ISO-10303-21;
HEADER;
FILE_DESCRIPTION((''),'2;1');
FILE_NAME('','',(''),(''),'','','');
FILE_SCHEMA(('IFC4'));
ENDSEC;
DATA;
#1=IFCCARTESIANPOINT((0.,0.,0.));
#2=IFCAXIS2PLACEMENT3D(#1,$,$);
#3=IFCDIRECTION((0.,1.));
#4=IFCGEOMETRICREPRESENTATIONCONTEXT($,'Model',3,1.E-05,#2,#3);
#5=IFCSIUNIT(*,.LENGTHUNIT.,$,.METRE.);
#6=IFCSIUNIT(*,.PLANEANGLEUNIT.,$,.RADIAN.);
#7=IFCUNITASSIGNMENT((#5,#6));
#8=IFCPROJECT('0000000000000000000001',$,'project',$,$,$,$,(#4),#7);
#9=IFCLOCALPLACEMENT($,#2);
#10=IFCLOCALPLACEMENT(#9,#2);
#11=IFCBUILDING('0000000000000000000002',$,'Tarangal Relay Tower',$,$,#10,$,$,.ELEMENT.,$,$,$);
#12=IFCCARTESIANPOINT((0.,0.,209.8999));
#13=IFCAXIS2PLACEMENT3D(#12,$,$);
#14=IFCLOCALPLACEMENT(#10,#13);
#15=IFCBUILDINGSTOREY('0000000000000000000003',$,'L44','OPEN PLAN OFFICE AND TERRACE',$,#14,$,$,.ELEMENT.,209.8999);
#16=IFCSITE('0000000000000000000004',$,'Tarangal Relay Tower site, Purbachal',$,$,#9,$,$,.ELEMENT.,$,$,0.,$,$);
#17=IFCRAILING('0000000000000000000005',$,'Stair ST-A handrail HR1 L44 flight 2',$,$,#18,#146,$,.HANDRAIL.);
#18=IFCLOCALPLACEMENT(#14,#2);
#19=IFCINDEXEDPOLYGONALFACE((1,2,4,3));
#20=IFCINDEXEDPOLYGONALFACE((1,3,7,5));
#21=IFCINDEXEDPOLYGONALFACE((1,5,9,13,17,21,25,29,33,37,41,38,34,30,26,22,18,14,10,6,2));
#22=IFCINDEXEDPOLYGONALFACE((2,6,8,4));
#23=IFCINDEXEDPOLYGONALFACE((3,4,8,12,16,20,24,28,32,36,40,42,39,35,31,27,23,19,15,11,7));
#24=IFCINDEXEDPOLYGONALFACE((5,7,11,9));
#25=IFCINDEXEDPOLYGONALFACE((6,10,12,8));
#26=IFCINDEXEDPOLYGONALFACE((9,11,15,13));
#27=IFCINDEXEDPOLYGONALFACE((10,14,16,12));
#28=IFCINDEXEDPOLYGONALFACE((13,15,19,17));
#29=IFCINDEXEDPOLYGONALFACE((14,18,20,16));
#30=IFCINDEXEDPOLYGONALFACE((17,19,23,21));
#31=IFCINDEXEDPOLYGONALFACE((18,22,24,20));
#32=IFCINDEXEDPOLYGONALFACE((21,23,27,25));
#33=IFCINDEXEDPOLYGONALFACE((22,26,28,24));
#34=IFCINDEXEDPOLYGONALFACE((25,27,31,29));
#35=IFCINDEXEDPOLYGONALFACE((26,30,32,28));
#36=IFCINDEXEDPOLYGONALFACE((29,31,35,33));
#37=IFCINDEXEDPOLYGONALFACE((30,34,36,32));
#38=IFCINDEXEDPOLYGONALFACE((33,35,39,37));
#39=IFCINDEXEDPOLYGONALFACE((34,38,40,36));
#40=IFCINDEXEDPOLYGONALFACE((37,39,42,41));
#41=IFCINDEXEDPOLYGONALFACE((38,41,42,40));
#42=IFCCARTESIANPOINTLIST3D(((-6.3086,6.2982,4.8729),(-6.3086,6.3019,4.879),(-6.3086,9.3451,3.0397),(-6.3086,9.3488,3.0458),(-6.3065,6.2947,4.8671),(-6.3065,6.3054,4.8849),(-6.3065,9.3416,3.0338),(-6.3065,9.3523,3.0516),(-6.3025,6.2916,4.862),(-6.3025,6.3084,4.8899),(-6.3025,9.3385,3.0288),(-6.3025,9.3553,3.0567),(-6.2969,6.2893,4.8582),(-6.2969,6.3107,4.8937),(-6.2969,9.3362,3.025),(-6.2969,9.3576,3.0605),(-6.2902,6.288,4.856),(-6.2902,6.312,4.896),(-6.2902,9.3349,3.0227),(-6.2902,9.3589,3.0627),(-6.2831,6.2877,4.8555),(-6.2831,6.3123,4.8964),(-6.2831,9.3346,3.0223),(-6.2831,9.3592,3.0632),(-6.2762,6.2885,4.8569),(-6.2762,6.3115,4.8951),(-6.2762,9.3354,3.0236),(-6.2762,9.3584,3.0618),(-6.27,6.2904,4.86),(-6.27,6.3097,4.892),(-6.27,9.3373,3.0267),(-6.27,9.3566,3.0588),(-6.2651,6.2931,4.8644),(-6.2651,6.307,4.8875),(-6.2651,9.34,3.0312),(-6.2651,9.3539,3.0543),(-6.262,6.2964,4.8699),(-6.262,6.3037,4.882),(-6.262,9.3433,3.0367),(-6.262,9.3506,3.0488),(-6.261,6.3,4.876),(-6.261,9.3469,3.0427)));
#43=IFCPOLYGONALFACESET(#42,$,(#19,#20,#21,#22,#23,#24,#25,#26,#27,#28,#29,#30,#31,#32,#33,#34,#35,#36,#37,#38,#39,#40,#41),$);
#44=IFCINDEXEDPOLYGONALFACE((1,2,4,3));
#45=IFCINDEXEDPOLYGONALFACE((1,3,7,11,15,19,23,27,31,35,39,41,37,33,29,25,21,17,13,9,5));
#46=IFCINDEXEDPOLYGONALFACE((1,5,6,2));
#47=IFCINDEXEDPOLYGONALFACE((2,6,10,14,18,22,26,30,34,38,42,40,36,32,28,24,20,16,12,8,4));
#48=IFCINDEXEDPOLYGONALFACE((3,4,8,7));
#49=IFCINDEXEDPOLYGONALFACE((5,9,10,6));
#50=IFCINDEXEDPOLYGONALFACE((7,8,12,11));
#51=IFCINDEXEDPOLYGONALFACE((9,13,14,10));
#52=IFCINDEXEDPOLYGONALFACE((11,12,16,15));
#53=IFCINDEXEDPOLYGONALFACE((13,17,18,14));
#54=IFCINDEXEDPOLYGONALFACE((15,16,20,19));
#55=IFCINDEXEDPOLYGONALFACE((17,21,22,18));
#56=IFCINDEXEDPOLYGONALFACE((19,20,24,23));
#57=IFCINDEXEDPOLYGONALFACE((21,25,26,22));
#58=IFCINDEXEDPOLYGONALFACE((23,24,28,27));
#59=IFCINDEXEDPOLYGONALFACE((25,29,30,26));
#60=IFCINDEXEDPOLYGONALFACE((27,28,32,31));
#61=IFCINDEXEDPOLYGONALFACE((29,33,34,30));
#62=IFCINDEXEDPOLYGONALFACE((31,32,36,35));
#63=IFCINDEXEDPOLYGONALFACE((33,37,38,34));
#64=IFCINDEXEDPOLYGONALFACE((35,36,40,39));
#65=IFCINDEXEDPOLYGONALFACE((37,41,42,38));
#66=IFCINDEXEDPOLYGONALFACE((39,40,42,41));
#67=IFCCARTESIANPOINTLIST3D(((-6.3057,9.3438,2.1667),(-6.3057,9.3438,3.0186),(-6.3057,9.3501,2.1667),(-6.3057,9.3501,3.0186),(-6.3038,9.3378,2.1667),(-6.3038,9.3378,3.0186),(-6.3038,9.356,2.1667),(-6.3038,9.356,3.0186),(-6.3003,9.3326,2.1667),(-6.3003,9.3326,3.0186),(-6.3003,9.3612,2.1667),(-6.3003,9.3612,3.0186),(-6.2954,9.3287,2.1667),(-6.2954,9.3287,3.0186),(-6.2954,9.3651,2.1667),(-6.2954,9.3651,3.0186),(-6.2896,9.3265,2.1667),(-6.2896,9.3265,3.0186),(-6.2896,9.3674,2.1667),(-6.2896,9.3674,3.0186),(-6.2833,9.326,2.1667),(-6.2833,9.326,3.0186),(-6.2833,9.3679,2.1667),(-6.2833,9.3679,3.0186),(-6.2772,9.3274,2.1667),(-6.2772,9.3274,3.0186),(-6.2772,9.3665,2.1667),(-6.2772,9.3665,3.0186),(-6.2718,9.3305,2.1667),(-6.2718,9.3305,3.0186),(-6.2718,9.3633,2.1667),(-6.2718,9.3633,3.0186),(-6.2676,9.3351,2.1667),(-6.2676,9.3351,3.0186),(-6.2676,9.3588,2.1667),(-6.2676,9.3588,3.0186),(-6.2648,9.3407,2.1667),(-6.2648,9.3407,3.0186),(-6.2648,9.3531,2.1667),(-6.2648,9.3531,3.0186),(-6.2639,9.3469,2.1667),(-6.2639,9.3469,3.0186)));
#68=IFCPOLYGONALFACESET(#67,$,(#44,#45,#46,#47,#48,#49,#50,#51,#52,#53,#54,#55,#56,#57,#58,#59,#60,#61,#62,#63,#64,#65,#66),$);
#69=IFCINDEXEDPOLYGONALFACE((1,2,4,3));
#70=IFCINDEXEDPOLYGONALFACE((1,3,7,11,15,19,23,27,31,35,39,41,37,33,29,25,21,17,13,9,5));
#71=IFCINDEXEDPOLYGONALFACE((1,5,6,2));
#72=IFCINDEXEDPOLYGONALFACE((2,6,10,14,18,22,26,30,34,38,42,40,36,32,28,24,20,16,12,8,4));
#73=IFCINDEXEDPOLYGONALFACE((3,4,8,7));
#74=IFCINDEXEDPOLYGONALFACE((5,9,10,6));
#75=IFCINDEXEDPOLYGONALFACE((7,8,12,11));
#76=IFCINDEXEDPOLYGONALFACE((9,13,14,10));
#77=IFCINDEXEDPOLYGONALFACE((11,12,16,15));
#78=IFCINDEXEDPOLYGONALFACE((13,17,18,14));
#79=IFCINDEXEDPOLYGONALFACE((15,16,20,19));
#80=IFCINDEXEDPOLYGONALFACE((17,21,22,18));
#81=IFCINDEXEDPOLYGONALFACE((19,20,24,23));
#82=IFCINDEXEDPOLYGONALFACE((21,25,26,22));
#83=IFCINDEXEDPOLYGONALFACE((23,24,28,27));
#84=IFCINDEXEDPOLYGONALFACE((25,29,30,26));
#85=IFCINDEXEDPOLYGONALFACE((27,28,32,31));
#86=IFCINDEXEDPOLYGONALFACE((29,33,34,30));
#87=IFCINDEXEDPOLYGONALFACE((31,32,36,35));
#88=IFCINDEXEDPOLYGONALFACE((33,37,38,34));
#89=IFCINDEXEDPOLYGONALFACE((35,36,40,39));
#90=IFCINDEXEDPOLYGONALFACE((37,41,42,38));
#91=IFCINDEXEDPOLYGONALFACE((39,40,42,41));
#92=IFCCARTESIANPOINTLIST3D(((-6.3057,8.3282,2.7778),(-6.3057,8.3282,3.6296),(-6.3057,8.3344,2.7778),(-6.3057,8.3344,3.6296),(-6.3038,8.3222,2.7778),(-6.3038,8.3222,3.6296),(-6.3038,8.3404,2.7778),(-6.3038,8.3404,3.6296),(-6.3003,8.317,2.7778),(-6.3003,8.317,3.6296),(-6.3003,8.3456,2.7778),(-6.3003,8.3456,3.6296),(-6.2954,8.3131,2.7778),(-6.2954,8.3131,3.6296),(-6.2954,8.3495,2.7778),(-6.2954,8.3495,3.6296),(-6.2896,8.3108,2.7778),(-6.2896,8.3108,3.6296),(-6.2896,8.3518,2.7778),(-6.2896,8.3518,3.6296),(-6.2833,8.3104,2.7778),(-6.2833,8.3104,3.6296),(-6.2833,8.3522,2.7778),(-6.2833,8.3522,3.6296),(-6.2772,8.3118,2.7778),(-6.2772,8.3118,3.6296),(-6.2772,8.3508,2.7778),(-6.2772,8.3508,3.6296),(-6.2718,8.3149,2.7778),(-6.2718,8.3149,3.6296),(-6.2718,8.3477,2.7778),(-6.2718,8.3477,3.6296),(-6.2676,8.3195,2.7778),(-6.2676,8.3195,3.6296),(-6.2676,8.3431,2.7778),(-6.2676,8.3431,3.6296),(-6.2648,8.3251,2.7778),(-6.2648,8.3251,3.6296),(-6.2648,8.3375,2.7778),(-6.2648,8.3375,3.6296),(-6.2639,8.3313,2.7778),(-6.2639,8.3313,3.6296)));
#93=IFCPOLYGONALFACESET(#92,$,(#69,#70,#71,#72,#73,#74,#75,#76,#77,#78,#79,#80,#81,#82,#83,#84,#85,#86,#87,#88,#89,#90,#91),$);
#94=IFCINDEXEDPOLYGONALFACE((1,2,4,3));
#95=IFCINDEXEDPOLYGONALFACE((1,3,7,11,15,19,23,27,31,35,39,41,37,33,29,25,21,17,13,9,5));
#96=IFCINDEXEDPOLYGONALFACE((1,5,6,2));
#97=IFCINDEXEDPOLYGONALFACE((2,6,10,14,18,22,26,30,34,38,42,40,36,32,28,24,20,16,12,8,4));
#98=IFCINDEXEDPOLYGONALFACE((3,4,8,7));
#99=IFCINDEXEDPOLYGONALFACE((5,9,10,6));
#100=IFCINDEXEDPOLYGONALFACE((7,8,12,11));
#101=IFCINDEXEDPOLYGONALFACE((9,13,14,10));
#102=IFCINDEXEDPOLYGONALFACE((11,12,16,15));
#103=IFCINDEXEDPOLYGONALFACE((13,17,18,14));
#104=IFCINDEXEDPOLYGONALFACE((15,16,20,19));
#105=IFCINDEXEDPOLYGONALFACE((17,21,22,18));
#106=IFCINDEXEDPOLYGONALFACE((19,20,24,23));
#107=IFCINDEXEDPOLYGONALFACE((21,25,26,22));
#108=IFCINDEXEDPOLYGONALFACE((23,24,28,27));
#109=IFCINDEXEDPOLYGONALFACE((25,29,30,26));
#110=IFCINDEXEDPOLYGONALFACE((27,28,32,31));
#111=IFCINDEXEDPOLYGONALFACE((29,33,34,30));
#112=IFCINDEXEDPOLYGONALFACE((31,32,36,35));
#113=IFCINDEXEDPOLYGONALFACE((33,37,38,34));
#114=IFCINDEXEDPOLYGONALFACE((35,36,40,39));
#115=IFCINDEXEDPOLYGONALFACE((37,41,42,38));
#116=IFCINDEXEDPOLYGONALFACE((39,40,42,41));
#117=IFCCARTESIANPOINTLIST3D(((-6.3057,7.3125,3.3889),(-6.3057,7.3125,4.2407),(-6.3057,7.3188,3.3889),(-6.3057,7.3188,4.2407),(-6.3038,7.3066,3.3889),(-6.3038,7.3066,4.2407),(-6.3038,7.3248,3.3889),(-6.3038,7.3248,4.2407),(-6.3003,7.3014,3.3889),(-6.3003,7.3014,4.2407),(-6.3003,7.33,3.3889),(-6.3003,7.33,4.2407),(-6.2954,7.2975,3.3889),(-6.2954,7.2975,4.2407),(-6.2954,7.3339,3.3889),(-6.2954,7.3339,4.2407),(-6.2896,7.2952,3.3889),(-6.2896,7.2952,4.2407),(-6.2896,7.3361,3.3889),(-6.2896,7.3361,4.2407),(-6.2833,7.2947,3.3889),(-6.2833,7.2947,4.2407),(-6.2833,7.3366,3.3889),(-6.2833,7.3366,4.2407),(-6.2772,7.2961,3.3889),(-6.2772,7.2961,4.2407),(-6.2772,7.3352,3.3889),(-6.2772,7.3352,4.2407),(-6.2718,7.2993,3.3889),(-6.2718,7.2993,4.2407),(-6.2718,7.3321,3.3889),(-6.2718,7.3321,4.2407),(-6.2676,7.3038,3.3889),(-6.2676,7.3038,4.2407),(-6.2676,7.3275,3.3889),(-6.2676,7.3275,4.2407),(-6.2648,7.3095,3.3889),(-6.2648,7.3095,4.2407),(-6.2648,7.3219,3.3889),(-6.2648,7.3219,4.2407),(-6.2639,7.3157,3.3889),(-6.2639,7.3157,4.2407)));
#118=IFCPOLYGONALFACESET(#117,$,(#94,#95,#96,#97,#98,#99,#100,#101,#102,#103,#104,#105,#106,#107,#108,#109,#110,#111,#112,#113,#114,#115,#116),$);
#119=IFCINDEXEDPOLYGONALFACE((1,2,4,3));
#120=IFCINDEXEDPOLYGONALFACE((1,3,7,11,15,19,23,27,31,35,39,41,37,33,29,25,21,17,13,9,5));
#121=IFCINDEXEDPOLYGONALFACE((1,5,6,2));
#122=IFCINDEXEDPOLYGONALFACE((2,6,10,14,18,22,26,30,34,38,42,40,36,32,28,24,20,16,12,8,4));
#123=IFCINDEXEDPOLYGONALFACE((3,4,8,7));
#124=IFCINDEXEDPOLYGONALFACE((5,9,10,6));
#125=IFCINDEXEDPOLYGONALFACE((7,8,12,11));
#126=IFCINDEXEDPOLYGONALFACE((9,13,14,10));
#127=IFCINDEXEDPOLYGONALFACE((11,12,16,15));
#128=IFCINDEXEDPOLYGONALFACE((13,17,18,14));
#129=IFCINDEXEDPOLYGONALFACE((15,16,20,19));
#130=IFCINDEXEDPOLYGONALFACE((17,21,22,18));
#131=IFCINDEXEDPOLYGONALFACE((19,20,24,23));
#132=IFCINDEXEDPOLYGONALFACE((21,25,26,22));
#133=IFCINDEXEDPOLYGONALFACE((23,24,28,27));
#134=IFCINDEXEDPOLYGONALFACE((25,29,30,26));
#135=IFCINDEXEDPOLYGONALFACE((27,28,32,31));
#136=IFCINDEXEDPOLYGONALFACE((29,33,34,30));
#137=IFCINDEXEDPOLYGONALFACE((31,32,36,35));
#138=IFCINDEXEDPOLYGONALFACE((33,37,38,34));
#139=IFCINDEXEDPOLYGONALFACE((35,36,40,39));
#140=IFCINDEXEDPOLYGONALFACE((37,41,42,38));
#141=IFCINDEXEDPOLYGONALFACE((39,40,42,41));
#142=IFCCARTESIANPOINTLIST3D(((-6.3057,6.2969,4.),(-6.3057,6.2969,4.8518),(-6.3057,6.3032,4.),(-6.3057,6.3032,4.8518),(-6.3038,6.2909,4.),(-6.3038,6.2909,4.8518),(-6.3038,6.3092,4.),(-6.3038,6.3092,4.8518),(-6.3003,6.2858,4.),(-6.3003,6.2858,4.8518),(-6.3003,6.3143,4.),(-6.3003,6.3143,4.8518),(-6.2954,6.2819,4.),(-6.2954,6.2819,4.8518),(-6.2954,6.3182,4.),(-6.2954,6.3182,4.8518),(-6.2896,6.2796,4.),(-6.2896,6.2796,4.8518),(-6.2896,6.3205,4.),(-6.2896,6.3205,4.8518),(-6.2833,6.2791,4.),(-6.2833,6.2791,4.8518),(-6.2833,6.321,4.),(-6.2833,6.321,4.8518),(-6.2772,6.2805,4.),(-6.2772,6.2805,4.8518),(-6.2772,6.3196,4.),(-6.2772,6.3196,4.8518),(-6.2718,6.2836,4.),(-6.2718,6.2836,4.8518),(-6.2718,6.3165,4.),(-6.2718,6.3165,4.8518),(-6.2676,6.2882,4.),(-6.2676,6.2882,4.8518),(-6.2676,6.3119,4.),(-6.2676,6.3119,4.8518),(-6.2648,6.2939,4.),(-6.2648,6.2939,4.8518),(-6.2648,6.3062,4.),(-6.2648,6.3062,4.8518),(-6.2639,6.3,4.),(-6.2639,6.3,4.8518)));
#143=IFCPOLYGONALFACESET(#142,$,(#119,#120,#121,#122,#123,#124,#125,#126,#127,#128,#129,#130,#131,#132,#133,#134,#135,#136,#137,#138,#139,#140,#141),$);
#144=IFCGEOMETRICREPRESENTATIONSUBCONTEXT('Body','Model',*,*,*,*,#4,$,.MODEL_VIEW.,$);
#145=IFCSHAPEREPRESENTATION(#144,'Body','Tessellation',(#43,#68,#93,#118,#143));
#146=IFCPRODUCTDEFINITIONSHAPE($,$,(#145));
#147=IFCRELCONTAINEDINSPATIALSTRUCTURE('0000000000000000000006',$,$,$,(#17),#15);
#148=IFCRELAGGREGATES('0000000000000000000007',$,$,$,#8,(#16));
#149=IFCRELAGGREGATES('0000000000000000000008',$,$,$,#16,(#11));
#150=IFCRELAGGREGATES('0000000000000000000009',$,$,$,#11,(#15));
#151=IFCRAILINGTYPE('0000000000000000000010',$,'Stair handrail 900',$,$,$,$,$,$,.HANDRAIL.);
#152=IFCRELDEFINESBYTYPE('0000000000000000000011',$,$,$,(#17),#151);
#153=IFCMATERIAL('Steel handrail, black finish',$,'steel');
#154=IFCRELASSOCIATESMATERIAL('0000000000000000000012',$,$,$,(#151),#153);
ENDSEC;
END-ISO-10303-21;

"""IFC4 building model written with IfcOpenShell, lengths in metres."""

from ifc_helpers import new_model, si_unit, direction, frame, origin, origin_2d, place, context, subcontext, project, spatial, circle, extrude, material, type_object, element, save


model = new_model("IFC4")

# Units and contexts
model_context = context("Model", 3, precision=1e-05, world=origin(), true_north=direction((0.0, 1.0)))
body_context = subcontext(model_context, "Body", "Model", "MODEL_VIEW")
ifc_project = project(units=[si_unit("LENGTHUNIT", "METRE"), si_unit("PLANEANGLEUNIT", "RADIAN")], contexts=[model_context])

# Site, building, storey
site_placement = place(None, origin())
site = spatial("IfcSite", under=ifc_project, at=site_placement, Name="Tarangal Relay Tower site, Purbachal", CompositionType="ELEMENT", RefElevation=0.0)
building_placement = place(site_placement, origin())
building = spatial("IfcBuilding", under=site, at=building_placement, Name="Tarangal Relay Tower", CompositionType="ELEMENT")
storey_placement = place(building_placement, frame((0.0, 0.0, 209.8999)))
storey = spatial("IfcBuildingStorey", under=building, at=storey_placement, Name="L44", Description="OPEN PLAN OFFICE AND TERRACE", CompositionType="ELEMENT", Elevation=209.8999)

# Railing
ifc_material_1 = material(Name="Steel handrail, black finish", Category="steel")
railing_type_1 = type_object("IfcRailingType", Name="Stair handrail 900", PredefinedType="HANDRAIL", material=ifc_material_1)
railing_1_placement = place(storey_placement, frame((-6.2849, 9.3469, 2.1667)))
element("IfcRailing", 1, at=railing_1_placement, inside=storey, type_object=railing_type_1, Name="Stair ST-A handrail HR1 L44 flight 2", PredefinedType="HANDRAIL", context=body_context, shape_type="SweptSolid", body=[
    extrude(circle(Radius=0.0239, at=origin_2d()), frame((0.0, 0.0, 0.876), z_axis=(0.0, -0.856856, 0.515556), x_axis=(1.0, 0.0, 0.0)), (0.0, 0.0, 1.0), 3.5559),
    extrude(circle(Radius=0.021, at=origin_2d()), origin(), (0.0, 0.0, 1.0), 0.8518),
    extrude(circle(Radius=0.021, at=origin_2d()), frame((0.0, -1.0156, 0.6111)), (0.0, 0.0, 1.0), 0.8518),
    extrude(circle(Radius=0.021, at=origin_2d()), frame((0.0, -2.0312, 1.2222)), (0.0, 0.0, 1.0), 0.8518),
    extrude(circle(Radius=0.021, at=origin_2d()), frame((0.0, -3.0469, 1.8333)), (0.0, 0.0, 1.0), 0.8518),
])

save(model, "model.ifc")
